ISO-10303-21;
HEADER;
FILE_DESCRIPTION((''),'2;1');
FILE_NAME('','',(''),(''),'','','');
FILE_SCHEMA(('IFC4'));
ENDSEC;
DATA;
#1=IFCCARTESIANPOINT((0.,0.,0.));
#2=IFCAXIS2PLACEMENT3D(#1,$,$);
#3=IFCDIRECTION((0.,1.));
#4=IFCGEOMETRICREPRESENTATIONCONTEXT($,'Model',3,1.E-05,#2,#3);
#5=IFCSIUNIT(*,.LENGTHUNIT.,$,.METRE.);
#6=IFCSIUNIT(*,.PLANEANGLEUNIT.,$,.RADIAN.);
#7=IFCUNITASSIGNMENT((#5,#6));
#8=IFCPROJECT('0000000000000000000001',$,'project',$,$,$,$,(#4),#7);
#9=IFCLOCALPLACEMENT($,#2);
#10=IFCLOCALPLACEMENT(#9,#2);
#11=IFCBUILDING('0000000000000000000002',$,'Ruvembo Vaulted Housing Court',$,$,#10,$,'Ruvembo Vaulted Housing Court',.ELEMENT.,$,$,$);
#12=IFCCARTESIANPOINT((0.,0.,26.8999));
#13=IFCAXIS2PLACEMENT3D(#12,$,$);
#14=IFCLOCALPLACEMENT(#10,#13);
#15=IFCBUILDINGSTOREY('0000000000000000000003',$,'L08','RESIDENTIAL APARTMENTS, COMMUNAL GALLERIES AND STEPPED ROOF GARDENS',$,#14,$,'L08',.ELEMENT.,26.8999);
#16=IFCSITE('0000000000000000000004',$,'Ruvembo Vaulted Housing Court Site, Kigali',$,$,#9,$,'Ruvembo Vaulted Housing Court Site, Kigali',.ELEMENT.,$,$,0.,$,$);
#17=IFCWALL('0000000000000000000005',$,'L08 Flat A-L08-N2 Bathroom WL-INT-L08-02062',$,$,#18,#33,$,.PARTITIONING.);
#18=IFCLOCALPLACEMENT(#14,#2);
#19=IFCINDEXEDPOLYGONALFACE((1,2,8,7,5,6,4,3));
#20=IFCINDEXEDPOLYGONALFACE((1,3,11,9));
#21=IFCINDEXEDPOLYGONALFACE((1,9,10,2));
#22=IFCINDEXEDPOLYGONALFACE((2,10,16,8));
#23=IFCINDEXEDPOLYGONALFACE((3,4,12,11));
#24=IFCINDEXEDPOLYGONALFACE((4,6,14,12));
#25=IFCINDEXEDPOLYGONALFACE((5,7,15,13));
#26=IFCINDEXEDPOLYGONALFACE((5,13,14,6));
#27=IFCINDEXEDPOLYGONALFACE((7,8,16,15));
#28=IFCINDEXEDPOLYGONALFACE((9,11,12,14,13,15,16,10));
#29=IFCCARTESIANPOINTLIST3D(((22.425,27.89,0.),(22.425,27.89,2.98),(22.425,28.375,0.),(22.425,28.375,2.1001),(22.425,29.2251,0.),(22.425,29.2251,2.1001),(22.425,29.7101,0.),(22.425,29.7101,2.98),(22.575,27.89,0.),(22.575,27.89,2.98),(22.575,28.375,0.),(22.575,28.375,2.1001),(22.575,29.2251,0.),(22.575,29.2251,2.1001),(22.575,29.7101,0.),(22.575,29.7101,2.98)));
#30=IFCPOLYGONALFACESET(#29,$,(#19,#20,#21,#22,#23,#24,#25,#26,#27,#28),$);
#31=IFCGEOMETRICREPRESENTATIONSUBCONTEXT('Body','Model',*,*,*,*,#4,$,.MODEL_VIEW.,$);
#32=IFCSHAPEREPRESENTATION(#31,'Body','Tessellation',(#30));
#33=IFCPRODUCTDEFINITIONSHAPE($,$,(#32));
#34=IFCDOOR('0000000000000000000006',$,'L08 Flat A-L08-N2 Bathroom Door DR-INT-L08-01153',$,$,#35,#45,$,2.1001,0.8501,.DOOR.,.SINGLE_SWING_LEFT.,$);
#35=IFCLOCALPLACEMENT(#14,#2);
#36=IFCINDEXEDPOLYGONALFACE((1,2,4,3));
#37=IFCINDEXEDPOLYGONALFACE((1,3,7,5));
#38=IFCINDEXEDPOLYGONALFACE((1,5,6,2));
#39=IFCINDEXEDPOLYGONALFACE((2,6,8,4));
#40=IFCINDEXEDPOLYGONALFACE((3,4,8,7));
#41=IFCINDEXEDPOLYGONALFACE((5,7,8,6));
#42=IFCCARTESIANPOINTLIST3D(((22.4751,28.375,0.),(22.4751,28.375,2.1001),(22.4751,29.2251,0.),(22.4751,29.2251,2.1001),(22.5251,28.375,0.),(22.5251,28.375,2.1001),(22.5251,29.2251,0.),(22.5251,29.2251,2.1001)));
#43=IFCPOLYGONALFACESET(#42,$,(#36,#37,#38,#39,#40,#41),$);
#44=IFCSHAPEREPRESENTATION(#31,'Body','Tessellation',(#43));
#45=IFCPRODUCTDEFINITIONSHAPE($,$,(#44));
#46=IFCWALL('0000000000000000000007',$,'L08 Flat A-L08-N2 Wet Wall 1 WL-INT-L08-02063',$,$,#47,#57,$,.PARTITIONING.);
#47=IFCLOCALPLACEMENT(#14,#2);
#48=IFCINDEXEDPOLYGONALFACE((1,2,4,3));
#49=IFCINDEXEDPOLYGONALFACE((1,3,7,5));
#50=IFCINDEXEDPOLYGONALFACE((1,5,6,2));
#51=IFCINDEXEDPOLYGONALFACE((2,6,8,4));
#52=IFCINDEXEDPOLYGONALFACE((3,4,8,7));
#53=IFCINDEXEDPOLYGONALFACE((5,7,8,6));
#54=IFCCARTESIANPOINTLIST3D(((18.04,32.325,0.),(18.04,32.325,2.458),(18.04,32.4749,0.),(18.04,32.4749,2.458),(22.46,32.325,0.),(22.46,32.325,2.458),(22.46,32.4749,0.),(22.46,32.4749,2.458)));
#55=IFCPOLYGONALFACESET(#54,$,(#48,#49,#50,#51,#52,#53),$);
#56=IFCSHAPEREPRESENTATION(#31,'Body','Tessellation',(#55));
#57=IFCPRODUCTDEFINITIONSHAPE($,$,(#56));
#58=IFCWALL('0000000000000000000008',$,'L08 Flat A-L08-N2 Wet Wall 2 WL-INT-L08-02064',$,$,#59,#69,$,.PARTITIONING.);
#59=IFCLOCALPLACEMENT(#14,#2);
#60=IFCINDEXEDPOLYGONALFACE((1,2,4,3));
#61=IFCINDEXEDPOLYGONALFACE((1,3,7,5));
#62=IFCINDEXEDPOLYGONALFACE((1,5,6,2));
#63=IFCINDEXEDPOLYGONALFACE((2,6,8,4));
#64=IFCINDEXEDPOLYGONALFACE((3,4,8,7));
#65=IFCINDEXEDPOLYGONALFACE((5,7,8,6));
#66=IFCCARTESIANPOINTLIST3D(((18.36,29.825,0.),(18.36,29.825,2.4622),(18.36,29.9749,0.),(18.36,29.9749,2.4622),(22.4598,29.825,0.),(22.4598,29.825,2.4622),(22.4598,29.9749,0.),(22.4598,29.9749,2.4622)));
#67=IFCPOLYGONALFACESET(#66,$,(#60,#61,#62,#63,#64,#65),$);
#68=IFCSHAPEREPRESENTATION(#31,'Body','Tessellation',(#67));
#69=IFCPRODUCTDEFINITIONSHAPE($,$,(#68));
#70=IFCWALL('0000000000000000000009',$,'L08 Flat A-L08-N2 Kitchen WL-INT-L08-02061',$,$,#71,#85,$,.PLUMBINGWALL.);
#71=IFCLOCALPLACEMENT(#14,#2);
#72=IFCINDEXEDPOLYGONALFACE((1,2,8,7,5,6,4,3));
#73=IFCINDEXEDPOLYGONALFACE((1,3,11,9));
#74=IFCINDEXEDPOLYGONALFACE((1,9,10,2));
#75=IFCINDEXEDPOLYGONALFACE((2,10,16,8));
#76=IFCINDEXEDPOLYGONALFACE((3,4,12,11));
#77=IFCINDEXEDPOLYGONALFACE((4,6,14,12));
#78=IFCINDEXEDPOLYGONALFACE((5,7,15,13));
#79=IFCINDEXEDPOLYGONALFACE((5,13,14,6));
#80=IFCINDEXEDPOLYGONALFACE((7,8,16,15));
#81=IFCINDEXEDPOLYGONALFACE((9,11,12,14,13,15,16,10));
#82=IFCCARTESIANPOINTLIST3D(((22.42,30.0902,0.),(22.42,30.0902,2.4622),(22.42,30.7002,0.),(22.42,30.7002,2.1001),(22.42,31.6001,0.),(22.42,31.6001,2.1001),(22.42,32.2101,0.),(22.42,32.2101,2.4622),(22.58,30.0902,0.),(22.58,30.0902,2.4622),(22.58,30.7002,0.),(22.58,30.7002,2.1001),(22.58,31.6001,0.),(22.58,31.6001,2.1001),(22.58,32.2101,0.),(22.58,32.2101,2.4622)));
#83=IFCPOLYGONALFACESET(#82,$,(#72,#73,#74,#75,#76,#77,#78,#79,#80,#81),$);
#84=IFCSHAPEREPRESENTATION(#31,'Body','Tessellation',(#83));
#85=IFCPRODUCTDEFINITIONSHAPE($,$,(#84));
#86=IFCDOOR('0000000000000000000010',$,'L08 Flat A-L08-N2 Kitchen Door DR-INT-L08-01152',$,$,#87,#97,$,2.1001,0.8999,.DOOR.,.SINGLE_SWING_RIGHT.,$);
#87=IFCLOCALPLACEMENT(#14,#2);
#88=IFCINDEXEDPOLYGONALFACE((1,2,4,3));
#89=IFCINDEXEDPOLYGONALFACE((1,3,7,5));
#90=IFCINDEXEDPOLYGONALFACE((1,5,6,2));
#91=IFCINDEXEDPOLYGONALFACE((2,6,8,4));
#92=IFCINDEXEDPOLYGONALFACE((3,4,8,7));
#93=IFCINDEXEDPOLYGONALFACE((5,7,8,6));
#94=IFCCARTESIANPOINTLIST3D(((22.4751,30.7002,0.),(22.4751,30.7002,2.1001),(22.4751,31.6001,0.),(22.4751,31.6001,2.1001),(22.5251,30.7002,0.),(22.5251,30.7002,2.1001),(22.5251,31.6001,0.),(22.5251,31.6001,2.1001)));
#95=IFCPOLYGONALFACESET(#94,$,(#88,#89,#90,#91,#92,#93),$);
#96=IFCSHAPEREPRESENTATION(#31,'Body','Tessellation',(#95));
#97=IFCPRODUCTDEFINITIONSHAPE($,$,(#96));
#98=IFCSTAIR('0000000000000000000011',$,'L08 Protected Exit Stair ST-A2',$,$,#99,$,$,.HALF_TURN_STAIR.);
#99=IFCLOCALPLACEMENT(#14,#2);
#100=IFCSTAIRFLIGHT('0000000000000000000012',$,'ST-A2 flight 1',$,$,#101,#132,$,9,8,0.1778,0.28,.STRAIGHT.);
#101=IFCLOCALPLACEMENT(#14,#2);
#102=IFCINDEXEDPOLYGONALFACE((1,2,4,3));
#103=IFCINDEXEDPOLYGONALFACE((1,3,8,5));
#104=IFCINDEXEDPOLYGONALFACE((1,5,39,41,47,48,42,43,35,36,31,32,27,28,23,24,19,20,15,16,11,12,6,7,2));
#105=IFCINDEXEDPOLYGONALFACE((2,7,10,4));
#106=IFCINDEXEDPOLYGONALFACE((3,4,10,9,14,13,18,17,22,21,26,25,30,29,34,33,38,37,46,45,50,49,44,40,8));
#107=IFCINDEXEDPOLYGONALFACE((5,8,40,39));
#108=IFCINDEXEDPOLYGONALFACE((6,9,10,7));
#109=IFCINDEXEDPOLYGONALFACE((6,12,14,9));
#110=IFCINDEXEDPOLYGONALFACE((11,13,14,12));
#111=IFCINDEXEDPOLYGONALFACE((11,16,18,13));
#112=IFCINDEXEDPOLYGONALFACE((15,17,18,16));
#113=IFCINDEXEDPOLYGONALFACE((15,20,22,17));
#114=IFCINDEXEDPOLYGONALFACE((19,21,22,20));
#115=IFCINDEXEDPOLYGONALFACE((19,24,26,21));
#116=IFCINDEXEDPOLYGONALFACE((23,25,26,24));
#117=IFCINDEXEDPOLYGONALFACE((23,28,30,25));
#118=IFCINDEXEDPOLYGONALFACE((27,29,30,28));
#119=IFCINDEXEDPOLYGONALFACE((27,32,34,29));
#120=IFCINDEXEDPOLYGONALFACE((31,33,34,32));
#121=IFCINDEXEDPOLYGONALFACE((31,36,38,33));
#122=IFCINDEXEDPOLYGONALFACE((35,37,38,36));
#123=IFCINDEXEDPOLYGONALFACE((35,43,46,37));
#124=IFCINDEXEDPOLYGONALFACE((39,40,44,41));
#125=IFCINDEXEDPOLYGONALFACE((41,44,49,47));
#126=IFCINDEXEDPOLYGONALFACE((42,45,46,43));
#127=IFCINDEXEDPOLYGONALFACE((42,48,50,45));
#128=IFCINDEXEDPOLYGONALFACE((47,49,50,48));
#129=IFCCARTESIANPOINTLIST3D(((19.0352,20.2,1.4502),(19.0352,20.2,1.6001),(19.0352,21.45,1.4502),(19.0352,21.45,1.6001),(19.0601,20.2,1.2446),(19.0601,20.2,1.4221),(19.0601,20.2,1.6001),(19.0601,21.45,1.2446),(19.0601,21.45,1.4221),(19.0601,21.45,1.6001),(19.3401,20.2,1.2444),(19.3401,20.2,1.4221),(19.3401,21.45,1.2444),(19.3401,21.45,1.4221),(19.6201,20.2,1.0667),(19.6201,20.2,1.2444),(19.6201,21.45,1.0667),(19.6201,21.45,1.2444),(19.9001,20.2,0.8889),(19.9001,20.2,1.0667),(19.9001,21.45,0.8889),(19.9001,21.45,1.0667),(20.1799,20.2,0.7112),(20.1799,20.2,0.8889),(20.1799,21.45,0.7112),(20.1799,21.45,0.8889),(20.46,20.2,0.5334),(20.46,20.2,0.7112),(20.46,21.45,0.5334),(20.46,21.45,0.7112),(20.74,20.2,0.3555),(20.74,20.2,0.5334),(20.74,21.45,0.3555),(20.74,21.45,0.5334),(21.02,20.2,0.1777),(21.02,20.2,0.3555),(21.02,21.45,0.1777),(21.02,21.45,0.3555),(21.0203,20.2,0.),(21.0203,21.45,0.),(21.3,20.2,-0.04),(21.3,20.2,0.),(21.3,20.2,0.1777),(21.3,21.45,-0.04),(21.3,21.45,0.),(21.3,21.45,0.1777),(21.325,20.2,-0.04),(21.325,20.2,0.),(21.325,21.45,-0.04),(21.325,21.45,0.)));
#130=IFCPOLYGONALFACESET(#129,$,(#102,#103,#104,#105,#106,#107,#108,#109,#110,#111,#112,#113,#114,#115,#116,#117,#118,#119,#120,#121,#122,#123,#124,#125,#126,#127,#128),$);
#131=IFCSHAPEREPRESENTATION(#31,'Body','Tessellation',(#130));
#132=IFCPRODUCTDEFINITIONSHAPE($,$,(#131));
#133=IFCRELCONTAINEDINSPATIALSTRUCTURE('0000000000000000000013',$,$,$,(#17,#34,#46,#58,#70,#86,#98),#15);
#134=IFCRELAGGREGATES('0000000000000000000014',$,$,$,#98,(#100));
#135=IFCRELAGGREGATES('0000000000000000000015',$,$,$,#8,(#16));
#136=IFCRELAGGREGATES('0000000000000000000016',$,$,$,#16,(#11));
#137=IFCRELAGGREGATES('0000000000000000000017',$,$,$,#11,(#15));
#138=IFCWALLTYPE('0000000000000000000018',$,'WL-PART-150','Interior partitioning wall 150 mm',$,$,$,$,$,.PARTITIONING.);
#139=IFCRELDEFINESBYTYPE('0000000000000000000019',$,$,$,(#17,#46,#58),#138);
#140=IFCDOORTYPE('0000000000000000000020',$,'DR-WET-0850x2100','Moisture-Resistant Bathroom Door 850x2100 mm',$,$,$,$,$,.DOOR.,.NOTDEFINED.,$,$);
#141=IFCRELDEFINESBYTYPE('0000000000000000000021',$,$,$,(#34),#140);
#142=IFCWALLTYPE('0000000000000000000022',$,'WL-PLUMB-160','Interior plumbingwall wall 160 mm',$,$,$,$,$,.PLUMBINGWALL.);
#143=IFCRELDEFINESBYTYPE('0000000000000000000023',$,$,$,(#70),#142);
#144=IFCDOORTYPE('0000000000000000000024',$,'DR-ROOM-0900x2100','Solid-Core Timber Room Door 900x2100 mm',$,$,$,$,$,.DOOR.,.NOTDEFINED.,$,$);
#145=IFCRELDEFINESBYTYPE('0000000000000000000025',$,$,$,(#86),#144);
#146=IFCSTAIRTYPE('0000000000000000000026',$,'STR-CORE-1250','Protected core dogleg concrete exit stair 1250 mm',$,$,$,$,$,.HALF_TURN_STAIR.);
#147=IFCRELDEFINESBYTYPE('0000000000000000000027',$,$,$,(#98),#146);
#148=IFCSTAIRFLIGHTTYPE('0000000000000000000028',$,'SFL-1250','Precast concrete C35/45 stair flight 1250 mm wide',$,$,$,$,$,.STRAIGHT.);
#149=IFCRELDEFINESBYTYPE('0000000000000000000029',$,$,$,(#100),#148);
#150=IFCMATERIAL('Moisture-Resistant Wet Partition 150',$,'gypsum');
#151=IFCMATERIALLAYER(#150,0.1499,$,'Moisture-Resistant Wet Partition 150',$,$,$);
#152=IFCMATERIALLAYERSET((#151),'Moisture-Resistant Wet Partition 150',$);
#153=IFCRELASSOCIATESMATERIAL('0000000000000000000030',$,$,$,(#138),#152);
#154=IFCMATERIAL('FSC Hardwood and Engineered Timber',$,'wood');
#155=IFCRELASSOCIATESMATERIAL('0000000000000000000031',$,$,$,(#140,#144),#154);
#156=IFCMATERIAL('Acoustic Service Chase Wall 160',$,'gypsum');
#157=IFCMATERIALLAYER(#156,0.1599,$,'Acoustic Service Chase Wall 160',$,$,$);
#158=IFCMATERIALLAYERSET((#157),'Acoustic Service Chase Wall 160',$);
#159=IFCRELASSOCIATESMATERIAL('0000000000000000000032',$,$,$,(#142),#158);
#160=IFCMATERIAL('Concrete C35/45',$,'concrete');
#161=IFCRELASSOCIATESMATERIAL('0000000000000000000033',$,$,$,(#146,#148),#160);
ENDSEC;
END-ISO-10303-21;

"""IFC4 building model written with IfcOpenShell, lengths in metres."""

from ifc_helpers import new_model, si_unit, direction, frame, frame_2d, origin, place, context, subcontext, project, spatial, polyline, rectangle, outline, extrude, material, layer, layer_set, type_object, element, fill, aggregate, save


model = new_model("IFC4")

# Units and contexts
model_context = context("Model", 3, precision=1e-05, world=origin(), true_north=direction((0.0, 1.0)))
body_context = subcontext(model_context, "Body", "Model", "MODEL_VIEW")
ifc_project = project(units=[si_unit("LENGTHUNIT", "METRE"), si_unit("PLANEANGLEUNIT", "RADIAN")], contexts=[model_context])

# Site, building, storey
site_placement = place(None, origin())
site = spatial("IfcSite", under=ifc_project, at=site_placement, Name="Ruvembo Vaulted Housing Court Site, Kigali", LongName="Ruvembo Vaulted Housing Court Site, Kigali", CompositionType="ELEMENT", RefElevation=0.0)
building_placement = place(site_placement, origin())
building = spatial("IfcBuilding", under=site, at=building_placement, Name="Ruvembo Vaulted Housing Court", LongName="Ruvembo Vaulted Housing Court", CompositionType="ELEMENT")
storey_placement = place(building_placement, frame((0.0, 0.0, 26.8999)))
storey = spatial("IfcBuildingStorey", under=building, at=storey_placement, Name="L08", Description="RESIDENTIAL APARTMENTS, COMMUNAL GALLERIES AND STEPPED ROOF GARDENS", LongName="L08", CompositionType="ELEMENT", Elevation=26.8999)

# Shared definitions
ifc_material_1 = material(Name="Concrete C35/45", Category="concrete")

# Wall, opening, door
ifc_material_2 = material(Name="FSC Hardwood and Engineered Timber", Category="wood")
ifc_material_3 = material(Name="Moisture-Resistant Wet Partition 150", Category="gypsum")
ifc_layer_1 = layer(ifc_material_3, 0.1499, Name="Moisture-Resistant Wet Partition 150")
ifc_layer_set_1 = layer_set([ifc_layer_1], Name="Moisture-Resistant Wet Partition 150")
wall_type_1 = type_object("IfcWallType", Name="WL-PART-150", Description="Interior partitioning wall 150 mm", PredefinedType="PARTITIONING", material=ifc_layer_set_1)
wall_1_placement = place(storey_placement, frame((22.5, 27.8899, 0.0), z_axis=(0.0, 0.0, 1.0), x_axis=(0.0, 1.0, 0.0)))
wall_1 = element("IfcWall", 1, at=wall_1_placement, inside=storey, type_object=wall_type_1, Name="L08 Flat A-L08-N2 Bathroom WL-INT-L08-02062", PredefinedType="PARTITIONING", context=body_context, shape_type="SweptSolid", body=[
    extrude(rectangle(XDim=1.8201, YDim=0.1499, at=frame_2d((0.9102, 0.0))), origin(), (0.0, 0.0, 1.0), 2.98),
])
opening_1_placement = place(wall_1_placement, frame((0.4851, 0.0, 0.0)))
opening_1 = element("IfcOpeningElement", 2, at=opening_1_placement, cuts=wall_1, PredefinedType="OPENING", context=body_context, shape_type="SweptSolid", body=[
    extrude(rectangle(XDim=0.8501, YDim=2.1001, at=frame_2d((0.425, 1.05))), frame((0.0, 0.085, 0.0), z_axis=(0.0, -1.0, 0.0), x_axis=(1.0, 0.0, 0.0)), (0.0, 0.0, 1.0), 0.1699),
])
door_type_1 = type_object("IfcDoorType", Name="DR-WET-0850x2100", Description="Moisture-Resistant Bathroom Door 850x2100 mm", OperationType="NOTDEFINED", PredefinedType="DOOR", material=ifc_material_2)
door_1_placement = place(opening_1_placement, origin())
door_1 = element("IfcDoor", 3, at=door_1_placement, inside=storey, type_object=door_type_1, Name="L08 Flat A-L08-N2 Bathroom Door DR-INT-L08-01153", OperationType="SINGLE_SWING_LEFT", OverallHeight=2.1001, OverallWidth=0.8501, PredefinedType="DOOR", context=body_context, shape_type="SweptSolid", body=[
    extrude(rectangle(XDim=0.8501, YDim=2.1001, at=frame_2d((0.425, 1.05))), frame((0.0, 0.0249, 0.0), z_axis=(0.0, -1.0, 0.0), x_axis=(1.0, 0.0, 0.0)), (0.0, 0.0, 1.0), 0.05),
])
fill(opening_1, door_1)

# Walls
wall_2_placement = place(storey_placement, frame((18.04, 32.3999, 0.0), z_axis=(0.0, 0.0, 1.0), x_axis=(1.0, 0.0, 0.0)))
element("IfcWall", 4, at=wall_2_placement, inside=storey, type_object=wall_type_1, Name="L08 Flat A-L08-N2 Wet Wall 1 WL-INT-L08-02063", PredefinedType="PARTITIONING", context=body_context, shape_type="SweptSolid", body=[
    extrude(rectangle(XDim=4.4199, YDim=0.1499, at=frame_2d((2.21, 0.0))), origin(), (0.0, 0.0, 1.0), 2.458),
])
wall_3_placement = place(storey_placement, frame((18.3601, 29.8999, 0.0), z_axis=(0.0, 0.0, 1.0), x_axis=(1.0, 0.0, 0.0)))
element("IfcWall", 5, at=wall_3_placement, inside=storey, type_object=wall_type_1, Name="L08 Flat A-L08-N2 Wet Wall 2 WL-INT-L08-02064", PredefinedType="PARTITIONING", context=body_context, shape_type="SweptSolid", body=[
    extrude(rectangle(XDim=4.0999, YDim=0.1499, at=frame_2d((2.0498, 0.0))), origin(), (0.0, 0.0, 1.0), 2.4622),
])

# Wall, opening, door
ifc_material_4 = material(Name="Acoustic Service Chase Wall 160", Category="gypsum")
ifc_layer_2 = layer(ifc_material_4, 0.1599, Name="Acoustic Service Chase Wall 160")
ifc_layer_set_2 = layer_set([ifc_layer_2], Name="Acoustic Service Chase Wall 160")
wall_type_2 = type_object("IfcWallType", Name="WL-PLUMB-160", Description="Interior plumbingwall wall 160 mm", PredefinedType="PLUMBINGWALL", material=ifc_layer_set_2)
wall_4_placement = place(storey_placement, frame((22.5, 30.0901, 0.0), z_axis=(0.0, 0.0, 1.0), x_axis=(0.0, 1.0, 0.0)))
wall_4 = element("IfcWall", 6, at=wall_4_placement, inside=storey, type_object=wall_type_2, Name="L08 Flat A-L08-N2 Kitchen WL-INT-L08-02061", PredefinedType="PLUMBINGWALL", context=body_context, shape_type="SweptSolid", body=[
    extrude(rectangle(XDim=2.1199, YDim=0.1599, at=frame_2d((1.0601, 0.0))), origin(), (0.0, 0.0, 1.0), 2.4622),
])
opening_2_placement = place(wall_4_placement, frame((0.6101, 0.0, 0.0)))
opening_2 = element("IfcOpeningElement", 7, at=opening_2_placement, cuts=wall_4, PredefinedType="OPENING", context=body_context, shape_type="SweptSolid", body=[
    extrude(rectangle(XDim=0.8999, YDim=2.1001, at=frame_2d((0.45, 1.05))), frame((0.0, 0.0898, 0.0), z_axis=(0.0, -1.0, 0.0), x_axis=(1.0, 0.0, 0.0)), (0.0, 0.0, 1.0), 0.1799),
])
door_type_2 = type_object("IfcDoorType", Name="DR-ROOM-0900x2100", Description="Solid-Core Timber Room Door 900x2100 mm", OperationType="NOTDEFINED", PredefinedType="DOOR", material=ifc_material_2)
door_2_placement = place(opening_2_placement, origin())
door_2 = element("IfcDoor", 8, at=door_2_placement, inside=storey, type_object=door_type_2, Name="L08 Flat A-L08-N2 Kitchen Door DR-INT-L08-01152", OperationType="SINGLE_SWING_RIGHT", OverallHeight=2.1001, OverallWidth=0.8999, PredefinedType="DOOR", context=body_context, shape_type="SweptSolid", body=[
    extrude(rectangle(XDim=0.8999, YDim=2.1001, at=frame_2d((0.45, 1.05))), frame((0.0, 0.0249, 0.0), z_axis=(0.0, -1.0, 0.0), x_axis=(1.0, 0.0, 0.0)), (0.0, 0.0, 1.0), 0.05),
])
fill(opening_2, door_2)

# Stair, stair flight
stair_type = type_object("IfcStairType", Name="STR-CORE-1250", Description="Protected core dogleg concrete exit stair 1250 mm", PredefinedType="HALF_TURN_STAIR", material=ifc_material_1)
stair_placement = place(storey_placement, origin())
stair = element("IfcStair", 9, at=stair_placement, inside=storey, type_object=stair_type, Name="L08 Protected Exit Stair ST-A2", PredefinedType="HALF_TURN_STAIR")
stair_flight_type = type_object("IfcStairFlightType", Name="SFL-1250", Description="Precast concrete C35/45 stair flight 1250 mm wide", PredefinedType="STRAIGHT", material=ifc_material_1)
stair_flight_placement = place(storey_placement, frame((21.3, 20.825, 0.0), z_axis=(0.0, 0.0, 1.0), x_axis=(-1.0, 0.0, 0.0)))
stair_flight = element("IfcStairFlight", 10, at=stair_flight_placement, type_object=stair_flight_type, Name="ST-A2 flight 1", NumberOfRisers=9, NumberOfTreads=8, PredefinedType="STRAIGHT", RiserHeight=0.1778, TreadLength=0.28, context=body_context, shape_type="SweptSolid", body=[
    extrude(outline(polyline([(-0.0249, -0.04), (-0.0249, 0.0), (0.0, 0.0), (0.0, 0.1777), (0.28, 0.1777), (0.28, 0.3555), (0.5601, 0.3555), (0.5601, 0.5334), (0.8401, 0.5334), (0.8401, 0.7112), (1.1201, 0.7112), (1.1201, 0.8889), (1.3999, 0.8889), (1.3999, 1.0667), (1.6799, 1.0667), (1.6799, 1.2444), (1.96, 1.2444), (1.96, 1.4221), (2.24, 1.4221), (2.24, 1.6001), (2.2649, 1.6001), (2.2649, 1.4502), (2.24, 1.2446), (0.2798, 0.0), (0.0, -0.04), (-0.0249, -0.04)])), frame((0.0, 0.625, 0.0), z_axis=(0.0, -1.0, 0.0), x_axis=(1.0, 0.0, 0.0)), (0.0, 0.0, 1.0), 1.25),
])
aggregate(stair, [stair_flight])

save(model, "model.ifc")
